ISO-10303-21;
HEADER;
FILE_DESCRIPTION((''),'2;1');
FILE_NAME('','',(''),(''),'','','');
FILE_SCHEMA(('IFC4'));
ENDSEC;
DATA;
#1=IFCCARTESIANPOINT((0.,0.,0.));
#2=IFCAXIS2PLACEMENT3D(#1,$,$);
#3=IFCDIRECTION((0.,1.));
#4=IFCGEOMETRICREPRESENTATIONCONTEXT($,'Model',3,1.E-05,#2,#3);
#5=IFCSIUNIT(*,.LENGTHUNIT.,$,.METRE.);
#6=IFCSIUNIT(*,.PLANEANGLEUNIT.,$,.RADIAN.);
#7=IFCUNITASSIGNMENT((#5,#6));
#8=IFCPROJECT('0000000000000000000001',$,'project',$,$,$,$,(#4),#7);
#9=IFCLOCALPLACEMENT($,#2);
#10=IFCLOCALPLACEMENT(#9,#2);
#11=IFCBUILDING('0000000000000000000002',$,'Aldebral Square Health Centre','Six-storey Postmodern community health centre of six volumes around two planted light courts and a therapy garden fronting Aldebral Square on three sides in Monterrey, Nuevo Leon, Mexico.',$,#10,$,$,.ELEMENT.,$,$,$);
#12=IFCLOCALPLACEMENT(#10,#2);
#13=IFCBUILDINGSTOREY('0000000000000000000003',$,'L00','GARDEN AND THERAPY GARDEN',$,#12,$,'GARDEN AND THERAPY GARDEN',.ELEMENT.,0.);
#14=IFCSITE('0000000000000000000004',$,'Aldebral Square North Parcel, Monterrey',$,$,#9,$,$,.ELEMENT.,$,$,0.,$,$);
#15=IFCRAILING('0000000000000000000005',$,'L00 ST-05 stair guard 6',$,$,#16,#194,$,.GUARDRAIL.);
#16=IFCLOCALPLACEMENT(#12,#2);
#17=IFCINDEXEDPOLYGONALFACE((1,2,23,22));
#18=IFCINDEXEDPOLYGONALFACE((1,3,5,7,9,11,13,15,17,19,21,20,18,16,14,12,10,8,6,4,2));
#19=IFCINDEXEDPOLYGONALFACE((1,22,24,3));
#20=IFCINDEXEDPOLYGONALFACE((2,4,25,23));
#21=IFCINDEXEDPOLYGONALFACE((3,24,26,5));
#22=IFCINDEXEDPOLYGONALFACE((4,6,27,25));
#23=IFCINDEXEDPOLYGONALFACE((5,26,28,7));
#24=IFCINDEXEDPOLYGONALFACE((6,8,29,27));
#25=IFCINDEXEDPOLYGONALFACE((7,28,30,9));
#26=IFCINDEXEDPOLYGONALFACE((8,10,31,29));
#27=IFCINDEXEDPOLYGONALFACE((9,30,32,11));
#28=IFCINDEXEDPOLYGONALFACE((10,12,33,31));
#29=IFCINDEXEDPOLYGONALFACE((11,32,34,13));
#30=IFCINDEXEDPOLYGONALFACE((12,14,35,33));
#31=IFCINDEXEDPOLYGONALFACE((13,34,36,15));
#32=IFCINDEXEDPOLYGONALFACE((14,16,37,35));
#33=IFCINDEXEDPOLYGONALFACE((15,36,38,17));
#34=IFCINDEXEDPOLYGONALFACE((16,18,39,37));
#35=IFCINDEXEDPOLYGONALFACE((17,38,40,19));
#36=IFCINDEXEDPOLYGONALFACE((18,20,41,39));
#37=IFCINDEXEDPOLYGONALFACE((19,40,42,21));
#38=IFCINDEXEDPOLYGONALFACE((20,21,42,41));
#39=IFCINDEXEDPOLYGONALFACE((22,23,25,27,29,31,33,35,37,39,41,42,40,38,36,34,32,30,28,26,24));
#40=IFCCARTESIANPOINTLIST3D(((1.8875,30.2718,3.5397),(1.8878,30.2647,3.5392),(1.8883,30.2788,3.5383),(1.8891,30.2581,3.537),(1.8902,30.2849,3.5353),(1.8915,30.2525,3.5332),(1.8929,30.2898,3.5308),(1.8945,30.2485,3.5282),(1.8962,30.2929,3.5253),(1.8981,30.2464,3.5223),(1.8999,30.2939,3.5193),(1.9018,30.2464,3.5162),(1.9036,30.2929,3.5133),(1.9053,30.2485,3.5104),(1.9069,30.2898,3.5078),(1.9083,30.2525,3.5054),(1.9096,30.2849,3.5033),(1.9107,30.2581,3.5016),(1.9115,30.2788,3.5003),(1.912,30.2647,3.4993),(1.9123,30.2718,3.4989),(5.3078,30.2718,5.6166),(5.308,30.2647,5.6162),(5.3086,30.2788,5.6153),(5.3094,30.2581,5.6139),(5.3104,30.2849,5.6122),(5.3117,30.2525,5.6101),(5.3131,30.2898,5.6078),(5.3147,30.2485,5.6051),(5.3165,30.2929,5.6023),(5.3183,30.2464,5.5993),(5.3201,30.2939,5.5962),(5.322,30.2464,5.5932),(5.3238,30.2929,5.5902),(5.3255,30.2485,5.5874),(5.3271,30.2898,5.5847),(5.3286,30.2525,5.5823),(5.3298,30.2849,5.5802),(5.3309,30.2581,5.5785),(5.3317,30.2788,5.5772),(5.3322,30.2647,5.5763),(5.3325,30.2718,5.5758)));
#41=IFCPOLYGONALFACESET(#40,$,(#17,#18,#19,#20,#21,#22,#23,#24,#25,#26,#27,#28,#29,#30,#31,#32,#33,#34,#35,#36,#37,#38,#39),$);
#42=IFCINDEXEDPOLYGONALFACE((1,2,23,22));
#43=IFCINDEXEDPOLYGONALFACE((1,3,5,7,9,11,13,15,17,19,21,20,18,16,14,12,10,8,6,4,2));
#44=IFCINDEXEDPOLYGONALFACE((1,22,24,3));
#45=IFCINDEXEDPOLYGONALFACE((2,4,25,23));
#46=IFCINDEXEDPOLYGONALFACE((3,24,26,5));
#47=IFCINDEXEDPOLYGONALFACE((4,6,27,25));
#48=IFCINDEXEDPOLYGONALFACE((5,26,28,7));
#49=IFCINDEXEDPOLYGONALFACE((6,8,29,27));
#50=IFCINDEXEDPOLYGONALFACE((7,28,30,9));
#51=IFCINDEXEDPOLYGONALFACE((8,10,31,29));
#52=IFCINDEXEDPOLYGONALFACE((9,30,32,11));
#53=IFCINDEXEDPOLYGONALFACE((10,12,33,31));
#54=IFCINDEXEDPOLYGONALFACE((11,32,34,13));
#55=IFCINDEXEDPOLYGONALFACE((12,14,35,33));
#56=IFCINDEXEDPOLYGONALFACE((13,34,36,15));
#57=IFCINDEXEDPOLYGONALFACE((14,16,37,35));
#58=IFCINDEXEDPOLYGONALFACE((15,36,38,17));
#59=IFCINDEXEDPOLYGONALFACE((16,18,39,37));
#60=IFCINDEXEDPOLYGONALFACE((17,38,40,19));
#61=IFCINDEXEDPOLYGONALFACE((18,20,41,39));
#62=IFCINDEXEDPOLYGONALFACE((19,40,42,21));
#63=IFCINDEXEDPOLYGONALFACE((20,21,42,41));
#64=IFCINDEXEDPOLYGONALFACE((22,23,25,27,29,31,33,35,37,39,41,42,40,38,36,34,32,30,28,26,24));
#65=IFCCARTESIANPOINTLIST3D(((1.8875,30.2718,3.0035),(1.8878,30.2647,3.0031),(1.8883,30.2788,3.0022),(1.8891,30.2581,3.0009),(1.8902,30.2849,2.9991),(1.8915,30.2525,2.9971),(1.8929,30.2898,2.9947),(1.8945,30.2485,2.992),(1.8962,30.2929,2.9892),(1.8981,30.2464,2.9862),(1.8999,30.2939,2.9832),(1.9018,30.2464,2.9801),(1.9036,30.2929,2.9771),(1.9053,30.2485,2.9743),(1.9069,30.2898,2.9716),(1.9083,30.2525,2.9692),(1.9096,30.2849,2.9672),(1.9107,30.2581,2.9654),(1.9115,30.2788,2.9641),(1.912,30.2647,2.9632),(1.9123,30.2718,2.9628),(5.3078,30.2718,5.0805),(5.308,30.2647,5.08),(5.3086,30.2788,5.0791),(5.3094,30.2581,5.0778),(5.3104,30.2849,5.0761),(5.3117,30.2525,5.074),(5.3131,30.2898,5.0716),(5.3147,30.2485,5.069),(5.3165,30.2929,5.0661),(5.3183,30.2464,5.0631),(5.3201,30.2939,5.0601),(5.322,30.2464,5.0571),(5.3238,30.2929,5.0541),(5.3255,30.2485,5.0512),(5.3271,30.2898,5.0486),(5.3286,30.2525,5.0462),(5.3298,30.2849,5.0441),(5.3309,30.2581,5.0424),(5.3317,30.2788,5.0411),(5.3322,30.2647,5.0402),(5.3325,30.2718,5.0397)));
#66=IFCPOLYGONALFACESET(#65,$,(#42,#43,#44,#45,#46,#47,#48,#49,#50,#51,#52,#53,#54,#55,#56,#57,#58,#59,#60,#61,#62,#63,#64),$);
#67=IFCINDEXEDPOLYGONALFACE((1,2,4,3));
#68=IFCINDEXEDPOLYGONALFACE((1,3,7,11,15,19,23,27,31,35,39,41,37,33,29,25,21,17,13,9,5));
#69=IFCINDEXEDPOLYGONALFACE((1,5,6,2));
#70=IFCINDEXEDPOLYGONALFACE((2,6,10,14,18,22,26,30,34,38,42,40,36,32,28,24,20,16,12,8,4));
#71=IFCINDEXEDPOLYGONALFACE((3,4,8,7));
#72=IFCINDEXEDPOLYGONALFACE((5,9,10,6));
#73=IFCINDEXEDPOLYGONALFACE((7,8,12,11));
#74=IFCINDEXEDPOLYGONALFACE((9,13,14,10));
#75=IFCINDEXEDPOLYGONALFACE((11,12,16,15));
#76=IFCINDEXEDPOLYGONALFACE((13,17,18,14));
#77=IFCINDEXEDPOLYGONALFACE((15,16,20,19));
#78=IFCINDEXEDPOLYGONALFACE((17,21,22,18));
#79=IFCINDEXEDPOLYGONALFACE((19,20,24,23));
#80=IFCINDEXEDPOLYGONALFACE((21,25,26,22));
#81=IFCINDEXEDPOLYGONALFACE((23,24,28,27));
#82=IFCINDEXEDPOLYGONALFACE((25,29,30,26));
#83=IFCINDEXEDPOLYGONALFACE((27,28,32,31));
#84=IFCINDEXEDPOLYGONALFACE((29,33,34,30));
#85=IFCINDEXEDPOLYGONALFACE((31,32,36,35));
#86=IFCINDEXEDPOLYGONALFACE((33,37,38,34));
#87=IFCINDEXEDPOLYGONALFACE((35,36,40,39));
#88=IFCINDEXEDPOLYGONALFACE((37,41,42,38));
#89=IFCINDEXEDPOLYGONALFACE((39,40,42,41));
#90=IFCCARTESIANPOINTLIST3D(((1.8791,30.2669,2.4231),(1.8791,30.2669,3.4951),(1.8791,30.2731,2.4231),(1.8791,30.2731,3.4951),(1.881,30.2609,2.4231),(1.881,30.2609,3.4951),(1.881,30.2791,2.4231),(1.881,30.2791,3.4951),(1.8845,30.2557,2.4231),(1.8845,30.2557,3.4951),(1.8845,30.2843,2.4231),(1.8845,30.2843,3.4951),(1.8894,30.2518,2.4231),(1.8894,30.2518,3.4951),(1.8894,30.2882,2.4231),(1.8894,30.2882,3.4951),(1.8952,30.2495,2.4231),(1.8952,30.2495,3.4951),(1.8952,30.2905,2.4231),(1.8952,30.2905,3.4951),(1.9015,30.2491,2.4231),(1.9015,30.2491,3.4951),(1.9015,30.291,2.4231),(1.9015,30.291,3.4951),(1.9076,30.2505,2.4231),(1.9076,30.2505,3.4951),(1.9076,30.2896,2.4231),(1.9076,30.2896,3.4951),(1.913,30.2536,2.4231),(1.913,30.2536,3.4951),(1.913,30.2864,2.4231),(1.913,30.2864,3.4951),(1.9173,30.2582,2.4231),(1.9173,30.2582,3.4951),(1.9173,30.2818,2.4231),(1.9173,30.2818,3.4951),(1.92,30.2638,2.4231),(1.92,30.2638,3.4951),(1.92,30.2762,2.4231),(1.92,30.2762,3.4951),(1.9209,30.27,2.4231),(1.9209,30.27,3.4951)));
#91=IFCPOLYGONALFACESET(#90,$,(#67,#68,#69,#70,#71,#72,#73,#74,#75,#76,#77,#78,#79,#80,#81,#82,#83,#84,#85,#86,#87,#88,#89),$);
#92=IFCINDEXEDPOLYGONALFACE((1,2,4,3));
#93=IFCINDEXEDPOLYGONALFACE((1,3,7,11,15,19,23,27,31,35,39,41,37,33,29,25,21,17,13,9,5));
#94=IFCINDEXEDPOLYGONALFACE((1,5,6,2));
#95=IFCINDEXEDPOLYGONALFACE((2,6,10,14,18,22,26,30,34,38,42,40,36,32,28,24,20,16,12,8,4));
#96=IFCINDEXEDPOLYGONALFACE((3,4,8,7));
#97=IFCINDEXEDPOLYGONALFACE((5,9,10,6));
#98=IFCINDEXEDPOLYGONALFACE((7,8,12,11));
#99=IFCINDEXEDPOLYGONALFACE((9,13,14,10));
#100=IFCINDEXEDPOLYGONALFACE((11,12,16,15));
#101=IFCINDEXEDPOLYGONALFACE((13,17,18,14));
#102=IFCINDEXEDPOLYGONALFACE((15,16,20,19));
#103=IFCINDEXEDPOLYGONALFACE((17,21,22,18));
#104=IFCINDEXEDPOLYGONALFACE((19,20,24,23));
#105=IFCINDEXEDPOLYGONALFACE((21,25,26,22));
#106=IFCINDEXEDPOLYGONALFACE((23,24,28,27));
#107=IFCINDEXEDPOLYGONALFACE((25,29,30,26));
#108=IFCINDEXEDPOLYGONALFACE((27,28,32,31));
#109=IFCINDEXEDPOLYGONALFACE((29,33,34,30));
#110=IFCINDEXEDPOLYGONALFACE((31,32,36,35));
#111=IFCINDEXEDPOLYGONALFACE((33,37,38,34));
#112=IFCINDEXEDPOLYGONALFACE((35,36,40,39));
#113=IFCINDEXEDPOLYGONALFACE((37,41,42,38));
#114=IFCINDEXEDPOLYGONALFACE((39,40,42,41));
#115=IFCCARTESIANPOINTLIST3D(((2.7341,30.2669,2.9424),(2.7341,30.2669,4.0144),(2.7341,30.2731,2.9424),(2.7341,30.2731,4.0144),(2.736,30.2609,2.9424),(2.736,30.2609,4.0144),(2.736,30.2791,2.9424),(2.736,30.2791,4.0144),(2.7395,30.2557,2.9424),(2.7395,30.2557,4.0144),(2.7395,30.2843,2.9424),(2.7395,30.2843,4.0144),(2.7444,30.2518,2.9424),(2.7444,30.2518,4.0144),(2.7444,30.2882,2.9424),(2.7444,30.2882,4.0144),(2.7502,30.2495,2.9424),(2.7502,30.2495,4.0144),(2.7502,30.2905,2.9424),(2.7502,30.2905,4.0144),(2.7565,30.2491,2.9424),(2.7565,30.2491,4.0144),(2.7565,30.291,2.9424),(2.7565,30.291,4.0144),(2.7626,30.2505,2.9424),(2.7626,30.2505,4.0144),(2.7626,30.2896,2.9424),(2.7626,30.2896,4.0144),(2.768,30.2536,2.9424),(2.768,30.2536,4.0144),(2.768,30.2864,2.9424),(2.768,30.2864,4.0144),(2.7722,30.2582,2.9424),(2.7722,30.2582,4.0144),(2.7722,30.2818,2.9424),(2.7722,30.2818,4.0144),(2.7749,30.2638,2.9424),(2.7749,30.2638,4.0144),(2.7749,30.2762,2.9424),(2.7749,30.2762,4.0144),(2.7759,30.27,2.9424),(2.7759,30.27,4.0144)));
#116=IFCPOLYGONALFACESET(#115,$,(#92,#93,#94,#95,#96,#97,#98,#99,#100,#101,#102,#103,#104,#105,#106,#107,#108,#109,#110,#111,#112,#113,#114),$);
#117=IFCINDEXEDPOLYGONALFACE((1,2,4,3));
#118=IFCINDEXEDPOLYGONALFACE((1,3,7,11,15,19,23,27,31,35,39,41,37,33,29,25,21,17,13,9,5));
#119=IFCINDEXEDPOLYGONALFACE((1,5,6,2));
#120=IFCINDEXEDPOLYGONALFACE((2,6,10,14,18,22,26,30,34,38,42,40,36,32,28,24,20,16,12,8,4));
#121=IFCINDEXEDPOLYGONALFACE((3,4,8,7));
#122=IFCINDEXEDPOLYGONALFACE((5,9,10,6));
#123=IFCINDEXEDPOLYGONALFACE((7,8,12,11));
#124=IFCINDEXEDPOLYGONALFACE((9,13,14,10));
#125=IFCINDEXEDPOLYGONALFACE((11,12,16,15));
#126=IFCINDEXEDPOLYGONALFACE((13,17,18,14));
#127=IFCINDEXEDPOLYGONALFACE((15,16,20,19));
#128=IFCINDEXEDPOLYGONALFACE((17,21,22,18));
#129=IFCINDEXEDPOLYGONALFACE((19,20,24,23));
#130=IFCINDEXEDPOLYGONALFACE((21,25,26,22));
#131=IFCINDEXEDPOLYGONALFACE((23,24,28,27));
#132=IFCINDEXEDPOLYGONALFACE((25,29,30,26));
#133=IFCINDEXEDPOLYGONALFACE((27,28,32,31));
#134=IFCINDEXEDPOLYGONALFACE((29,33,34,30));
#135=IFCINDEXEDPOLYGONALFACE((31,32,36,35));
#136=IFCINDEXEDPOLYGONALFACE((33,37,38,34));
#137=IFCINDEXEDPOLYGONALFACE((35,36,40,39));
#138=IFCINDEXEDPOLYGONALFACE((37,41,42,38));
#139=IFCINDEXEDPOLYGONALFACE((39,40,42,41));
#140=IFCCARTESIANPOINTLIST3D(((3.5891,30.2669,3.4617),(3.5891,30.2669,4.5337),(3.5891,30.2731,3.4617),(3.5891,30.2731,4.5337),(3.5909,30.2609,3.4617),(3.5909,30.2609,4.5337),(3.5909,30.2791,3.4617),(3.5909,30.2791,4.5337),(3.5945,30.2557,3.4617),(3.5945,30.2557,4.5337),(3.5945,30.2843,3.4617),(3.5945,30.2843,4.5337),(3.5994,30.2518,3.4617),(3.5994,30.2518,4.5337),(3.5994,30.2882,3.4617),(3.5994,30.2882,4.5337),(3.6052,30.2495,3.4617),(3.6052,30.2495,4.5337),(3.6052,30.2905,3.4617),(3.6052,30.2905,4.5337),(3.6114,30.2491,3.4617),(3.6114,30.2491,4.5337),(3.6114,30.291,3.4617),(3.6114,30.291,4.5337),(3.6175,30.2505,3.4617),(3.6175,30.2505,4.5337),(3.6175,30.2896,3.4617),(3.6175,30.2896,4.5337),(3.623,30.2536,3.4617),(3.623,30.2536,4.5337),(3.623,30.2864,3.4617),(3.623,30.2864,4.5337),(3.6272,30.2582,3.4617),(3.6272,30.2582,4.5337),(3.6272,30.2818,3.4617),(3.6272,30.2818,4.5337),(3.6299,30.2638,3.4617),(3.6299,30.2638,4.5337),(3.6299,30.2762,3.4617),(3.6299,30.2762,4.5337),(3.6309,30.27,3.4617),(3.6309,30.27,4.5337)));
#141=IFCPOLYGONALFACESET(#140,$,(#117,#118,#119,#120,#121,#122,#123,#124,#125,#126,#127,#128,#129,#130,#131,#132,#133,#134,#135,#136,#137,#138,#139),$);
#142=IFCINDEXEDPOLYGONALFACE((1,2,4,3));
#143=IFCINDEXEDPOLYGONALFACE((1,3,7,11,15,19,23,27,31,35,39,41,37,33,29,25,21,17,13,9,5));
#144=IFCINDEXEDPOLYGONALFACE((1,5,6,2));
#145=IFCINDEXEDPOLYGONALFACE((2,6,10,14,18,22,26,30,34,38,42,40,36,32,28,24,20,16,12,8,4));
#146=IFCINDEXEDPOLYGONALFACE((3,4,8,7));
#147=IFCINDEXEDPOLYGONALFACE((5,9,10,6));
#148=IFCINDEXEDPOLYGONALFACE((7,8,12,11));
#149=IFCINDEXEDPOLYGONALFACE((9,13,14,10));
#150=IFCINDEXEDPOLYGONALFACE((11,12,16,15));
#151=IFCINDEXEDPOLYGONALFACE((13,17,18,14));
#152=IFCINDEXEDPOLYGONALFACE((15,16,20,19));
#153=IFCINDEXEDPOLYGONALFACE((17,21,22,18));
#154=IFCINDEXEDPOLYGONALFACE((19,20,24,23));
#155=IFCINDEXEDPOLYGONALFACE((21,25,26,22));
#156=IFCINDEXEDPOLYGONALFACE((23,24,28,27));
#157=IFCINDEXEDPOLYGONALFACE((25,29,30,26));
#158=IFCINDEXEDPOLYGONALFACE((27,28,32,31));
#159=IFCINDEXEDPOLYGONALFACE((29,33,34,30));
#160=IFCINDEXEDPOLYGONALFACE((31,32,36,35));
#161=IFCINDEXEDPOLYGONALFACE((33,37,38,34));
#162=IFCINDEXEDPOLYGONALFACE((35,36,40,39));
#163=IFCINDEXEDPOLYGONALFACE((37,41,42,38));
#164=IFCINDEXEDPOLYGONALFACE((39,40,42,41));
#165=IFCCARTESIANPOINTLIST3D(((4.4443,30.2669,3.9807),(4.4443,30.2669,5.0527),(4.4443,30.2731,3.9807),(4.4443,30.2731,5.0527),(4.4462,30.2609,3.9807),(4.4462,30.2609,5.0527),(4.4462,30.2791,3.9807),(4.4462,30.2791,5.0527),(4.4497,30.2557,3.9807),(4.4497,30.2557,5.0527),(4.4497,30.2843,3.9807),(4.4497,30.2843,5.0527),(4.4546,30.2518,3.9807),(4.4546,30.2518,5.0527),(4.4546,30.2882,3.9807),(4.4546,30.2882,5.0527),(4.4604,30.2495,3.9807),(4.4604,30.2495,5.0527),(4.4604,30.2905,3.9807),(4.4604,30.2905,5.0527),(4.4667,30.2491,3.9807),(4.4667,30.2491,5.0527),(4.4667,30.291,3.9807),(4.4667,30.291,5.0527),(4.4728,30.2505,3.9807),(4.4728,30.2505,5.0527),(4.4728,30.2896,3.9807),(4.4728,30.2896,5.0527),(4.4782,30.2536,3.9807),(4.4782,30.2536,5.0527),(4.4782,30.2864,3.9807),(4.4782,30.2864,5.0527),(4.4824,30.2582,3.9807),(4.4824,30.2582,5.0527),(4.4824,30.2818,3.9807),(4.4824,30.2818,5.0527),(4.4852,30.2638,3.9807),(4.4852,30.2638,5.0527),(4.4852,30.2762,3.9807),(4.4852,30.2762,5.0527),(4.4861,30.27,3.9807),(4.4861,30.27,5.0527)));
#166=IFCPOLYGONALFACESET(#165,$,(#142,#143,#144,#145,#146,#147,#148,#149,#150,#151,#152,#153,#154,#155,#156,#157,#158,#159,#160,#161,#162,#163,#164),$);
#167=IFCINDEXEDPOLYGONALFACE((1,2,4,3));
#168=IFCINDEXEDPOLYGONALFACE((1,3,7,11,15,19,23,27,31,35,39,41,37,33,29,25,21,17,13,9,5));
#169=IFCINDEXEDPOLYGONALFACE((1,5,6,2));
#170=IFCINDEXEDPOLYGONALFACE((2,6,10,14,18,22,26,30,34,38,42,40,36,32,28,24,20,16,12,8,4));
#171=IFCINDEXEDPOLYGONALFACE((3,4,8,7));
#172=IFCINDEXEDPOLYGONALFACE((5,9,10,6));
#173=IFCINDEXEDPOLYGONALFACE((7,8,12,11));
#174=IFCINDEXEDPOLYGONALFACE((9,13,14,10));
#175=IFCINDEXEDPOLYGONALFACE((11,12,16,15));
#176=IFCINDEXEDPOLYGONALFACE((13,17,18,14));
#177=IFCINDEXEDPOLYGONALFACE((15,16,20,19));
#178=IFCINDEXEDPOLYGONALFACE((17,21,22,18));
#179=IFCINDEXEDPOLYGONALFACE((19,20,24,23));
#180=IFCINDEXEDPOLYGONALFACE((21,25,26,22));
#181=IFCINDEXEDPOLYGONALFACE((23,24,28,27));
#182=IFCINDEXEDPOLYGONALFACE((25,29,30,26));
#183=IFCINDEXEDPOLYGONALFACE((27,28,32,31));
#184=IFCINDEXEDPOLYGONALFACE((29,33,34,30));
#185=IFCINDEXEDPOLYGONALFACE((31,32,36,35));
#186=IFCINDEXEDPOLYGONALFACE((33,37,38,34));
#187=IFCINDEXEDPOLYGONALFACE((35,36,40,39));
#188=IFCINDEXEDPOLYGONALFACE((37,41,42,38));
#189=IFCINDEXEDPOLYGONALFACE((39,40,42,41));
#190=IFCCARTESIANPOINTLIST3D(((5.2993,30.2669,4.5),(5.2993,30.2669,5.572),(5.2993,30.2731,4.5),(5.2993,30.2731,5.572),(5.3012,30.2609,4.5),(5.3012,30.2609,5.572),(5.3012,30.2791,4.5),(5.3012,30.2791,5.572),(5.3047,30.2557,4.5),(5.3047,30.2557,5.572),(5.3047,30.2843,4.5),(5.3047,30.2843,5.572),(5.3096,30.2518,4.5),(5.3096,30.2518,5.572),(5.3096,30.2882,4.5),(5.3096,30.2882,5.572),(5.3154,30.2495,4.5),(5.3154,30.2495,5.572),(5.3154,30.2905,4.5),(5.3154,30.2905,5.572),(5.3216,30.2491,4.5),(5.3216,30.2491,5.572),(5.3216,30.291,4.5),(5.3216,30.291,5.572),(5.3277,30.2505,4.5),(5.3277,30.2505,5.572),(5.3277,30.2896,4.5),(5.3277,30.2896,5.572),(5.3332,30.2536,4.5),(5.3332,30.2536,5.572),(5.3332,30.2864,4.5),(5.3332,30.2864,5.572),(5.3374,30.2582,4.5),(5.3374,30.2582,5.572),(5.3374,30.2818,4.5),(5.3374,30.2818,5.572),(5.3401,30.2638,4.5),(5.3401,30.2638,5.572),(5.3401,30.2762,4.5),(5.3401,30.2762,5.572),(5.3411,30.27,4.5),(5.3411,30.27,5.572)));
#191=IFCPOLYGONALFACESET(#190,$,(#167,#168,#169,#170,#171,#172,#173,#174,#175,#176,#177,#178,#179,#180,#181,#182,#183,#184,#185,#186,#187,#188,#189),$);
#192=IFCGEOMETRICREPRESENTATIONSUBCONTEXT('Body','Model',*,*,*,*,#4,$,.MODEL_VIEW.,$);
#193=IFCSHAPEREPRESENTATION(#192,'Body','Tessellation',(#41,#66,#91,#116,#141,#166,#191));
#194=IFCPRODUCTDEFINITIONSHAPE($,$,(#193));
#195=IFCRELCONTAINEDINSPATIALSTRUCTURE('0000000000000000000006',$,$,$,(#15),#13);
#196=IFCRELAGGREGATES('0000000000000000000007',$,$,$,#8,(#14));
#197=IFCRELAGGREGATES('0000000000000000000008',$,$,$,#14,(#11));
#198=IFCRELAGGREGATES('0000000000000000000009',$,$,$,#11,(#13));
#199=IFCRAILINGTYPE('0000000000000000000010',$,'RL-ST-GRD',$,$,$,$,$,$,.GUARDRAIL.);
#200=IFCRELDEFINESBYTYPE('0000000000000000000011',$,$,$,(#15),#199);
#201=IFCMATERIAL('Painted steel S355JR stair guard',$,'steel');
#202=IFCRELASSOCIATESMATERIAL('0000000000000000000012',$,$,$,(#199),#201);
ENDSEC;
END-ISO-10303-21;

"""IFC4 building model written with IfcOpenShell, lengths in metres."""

from ifc_helpers import new_model, si_unit, direction, frame, origin, origin_2d, place, context, subcontext, project, spatial, circle, extrude, material, type_object, element, save


model = new_model("IFC4")

# Units and contexts
model_context = context("Model", 3, precision=1e-05, world=origin(), true_north=direction((0.0, 1.0)))
body_context = subcontext(model_context, "Body", "Model", "MODEL_VIEW")
ifc_project = project(units=[si_unit("LENGTHUNIT", "METRE"), si_unit("PLANEANGLEUNIT", "RADIAN")], contexts=[model_context])

# Site, building, storey
site_placement = place(None, origin())
site = spatial("IfcSite", under=ifc_project, at=site_placement, Name="Aldebral Square North Parcel, Monterrey", CompositionType="ELEMENT", RefElevation=0.0)
building_placement = place(site_placement, origin())
building = spatial("IfcBuilding", under=site, at=building_placement, Name="Aldebral Square Health Centre", Description="Six-storey Postmodern community health centre of six volumes around two planted light courts and a therapy garden fronting Aldebral Square on three sides in Monterrey, Nuevo Leon, Mexico.", CompositionType="ELEMENT")
storey_placement = place(building_placement, origin())
storey = spatial("IfcBuildingStorey", under=building, at=storey_placement, Name="L00", Description="GARDEN AND THERAPY GARDEN", LongName="GARDEN AND THERAPY GARDEN", CompositionType="ELEMENT", Elevation=0.0)

# Railing
ifc_material_1 = material(Name="Painted steel S355JR stair guard", Category="steel")
railing_type_1 = type_object("IfcRailingType", Name="RL-ST-GRD", PredefinedType="GUARDRAIL", material=ifc_material_1)
railing_1_placement = place(storey_placement, frame((1.8999, 30.27, 2.4231)))
element("IfcRailing", 1, at=railing_1_placement, inside=storey, type_object=railing_type_1, Name="L00 ST-05 stair guard 6", PredefinedType="GUARDRAIL", context=body_context, shape_type="SweptSolid", body=[
    extrude(circle(Radius=0.0239, at=origin_2d()), frame((0.0, 0.0, 1.0962), z_axis=(0.854746, 0.0, 0.519047), x_axis=(0.0, 1.0, 0.0)), (0.0, 0.0, 1.0), 4.0015),
    extrude(circle(Radius=0.0239, at=origin_2d()), frame((0.0, 0.0, 0.5601), z_axis=(0.854746, 0.0, 0.519047), x_axis=(0.0, 1.0, 0.0)), (0.0, 0.0, 1.0), 4.0015),
    extrude(circle(Radius=0.021, at=origin_2d()), origin(), (0.0, 0.0, 1.0), 1.072),
    extrude(circle(Radius=0.021, at=origin_2d()), frame((0.855, 0.0, 0.5193)), (0.0, 0.0, 1.0), 1.072),
    extrude(circle(Radius=0.021, at=origin_2d()), frame((1.71, 0.0, 1.0386)), (0.0, 0.0, 1.0), 1.072),
    extrude(circle(Radius=0.021, at=origin_2d()), frame((2.5652, 0.0, 1.5576)), (0.0, 0.0, 1.0), 1.072),
    extrude(circle(Radius=0.021, at=origin_2d()), frame((3.4202, 0.0, 2.0769)), (0.0, 0.0, 1.0), 1.072),
])

save(model, "model.ifc")
